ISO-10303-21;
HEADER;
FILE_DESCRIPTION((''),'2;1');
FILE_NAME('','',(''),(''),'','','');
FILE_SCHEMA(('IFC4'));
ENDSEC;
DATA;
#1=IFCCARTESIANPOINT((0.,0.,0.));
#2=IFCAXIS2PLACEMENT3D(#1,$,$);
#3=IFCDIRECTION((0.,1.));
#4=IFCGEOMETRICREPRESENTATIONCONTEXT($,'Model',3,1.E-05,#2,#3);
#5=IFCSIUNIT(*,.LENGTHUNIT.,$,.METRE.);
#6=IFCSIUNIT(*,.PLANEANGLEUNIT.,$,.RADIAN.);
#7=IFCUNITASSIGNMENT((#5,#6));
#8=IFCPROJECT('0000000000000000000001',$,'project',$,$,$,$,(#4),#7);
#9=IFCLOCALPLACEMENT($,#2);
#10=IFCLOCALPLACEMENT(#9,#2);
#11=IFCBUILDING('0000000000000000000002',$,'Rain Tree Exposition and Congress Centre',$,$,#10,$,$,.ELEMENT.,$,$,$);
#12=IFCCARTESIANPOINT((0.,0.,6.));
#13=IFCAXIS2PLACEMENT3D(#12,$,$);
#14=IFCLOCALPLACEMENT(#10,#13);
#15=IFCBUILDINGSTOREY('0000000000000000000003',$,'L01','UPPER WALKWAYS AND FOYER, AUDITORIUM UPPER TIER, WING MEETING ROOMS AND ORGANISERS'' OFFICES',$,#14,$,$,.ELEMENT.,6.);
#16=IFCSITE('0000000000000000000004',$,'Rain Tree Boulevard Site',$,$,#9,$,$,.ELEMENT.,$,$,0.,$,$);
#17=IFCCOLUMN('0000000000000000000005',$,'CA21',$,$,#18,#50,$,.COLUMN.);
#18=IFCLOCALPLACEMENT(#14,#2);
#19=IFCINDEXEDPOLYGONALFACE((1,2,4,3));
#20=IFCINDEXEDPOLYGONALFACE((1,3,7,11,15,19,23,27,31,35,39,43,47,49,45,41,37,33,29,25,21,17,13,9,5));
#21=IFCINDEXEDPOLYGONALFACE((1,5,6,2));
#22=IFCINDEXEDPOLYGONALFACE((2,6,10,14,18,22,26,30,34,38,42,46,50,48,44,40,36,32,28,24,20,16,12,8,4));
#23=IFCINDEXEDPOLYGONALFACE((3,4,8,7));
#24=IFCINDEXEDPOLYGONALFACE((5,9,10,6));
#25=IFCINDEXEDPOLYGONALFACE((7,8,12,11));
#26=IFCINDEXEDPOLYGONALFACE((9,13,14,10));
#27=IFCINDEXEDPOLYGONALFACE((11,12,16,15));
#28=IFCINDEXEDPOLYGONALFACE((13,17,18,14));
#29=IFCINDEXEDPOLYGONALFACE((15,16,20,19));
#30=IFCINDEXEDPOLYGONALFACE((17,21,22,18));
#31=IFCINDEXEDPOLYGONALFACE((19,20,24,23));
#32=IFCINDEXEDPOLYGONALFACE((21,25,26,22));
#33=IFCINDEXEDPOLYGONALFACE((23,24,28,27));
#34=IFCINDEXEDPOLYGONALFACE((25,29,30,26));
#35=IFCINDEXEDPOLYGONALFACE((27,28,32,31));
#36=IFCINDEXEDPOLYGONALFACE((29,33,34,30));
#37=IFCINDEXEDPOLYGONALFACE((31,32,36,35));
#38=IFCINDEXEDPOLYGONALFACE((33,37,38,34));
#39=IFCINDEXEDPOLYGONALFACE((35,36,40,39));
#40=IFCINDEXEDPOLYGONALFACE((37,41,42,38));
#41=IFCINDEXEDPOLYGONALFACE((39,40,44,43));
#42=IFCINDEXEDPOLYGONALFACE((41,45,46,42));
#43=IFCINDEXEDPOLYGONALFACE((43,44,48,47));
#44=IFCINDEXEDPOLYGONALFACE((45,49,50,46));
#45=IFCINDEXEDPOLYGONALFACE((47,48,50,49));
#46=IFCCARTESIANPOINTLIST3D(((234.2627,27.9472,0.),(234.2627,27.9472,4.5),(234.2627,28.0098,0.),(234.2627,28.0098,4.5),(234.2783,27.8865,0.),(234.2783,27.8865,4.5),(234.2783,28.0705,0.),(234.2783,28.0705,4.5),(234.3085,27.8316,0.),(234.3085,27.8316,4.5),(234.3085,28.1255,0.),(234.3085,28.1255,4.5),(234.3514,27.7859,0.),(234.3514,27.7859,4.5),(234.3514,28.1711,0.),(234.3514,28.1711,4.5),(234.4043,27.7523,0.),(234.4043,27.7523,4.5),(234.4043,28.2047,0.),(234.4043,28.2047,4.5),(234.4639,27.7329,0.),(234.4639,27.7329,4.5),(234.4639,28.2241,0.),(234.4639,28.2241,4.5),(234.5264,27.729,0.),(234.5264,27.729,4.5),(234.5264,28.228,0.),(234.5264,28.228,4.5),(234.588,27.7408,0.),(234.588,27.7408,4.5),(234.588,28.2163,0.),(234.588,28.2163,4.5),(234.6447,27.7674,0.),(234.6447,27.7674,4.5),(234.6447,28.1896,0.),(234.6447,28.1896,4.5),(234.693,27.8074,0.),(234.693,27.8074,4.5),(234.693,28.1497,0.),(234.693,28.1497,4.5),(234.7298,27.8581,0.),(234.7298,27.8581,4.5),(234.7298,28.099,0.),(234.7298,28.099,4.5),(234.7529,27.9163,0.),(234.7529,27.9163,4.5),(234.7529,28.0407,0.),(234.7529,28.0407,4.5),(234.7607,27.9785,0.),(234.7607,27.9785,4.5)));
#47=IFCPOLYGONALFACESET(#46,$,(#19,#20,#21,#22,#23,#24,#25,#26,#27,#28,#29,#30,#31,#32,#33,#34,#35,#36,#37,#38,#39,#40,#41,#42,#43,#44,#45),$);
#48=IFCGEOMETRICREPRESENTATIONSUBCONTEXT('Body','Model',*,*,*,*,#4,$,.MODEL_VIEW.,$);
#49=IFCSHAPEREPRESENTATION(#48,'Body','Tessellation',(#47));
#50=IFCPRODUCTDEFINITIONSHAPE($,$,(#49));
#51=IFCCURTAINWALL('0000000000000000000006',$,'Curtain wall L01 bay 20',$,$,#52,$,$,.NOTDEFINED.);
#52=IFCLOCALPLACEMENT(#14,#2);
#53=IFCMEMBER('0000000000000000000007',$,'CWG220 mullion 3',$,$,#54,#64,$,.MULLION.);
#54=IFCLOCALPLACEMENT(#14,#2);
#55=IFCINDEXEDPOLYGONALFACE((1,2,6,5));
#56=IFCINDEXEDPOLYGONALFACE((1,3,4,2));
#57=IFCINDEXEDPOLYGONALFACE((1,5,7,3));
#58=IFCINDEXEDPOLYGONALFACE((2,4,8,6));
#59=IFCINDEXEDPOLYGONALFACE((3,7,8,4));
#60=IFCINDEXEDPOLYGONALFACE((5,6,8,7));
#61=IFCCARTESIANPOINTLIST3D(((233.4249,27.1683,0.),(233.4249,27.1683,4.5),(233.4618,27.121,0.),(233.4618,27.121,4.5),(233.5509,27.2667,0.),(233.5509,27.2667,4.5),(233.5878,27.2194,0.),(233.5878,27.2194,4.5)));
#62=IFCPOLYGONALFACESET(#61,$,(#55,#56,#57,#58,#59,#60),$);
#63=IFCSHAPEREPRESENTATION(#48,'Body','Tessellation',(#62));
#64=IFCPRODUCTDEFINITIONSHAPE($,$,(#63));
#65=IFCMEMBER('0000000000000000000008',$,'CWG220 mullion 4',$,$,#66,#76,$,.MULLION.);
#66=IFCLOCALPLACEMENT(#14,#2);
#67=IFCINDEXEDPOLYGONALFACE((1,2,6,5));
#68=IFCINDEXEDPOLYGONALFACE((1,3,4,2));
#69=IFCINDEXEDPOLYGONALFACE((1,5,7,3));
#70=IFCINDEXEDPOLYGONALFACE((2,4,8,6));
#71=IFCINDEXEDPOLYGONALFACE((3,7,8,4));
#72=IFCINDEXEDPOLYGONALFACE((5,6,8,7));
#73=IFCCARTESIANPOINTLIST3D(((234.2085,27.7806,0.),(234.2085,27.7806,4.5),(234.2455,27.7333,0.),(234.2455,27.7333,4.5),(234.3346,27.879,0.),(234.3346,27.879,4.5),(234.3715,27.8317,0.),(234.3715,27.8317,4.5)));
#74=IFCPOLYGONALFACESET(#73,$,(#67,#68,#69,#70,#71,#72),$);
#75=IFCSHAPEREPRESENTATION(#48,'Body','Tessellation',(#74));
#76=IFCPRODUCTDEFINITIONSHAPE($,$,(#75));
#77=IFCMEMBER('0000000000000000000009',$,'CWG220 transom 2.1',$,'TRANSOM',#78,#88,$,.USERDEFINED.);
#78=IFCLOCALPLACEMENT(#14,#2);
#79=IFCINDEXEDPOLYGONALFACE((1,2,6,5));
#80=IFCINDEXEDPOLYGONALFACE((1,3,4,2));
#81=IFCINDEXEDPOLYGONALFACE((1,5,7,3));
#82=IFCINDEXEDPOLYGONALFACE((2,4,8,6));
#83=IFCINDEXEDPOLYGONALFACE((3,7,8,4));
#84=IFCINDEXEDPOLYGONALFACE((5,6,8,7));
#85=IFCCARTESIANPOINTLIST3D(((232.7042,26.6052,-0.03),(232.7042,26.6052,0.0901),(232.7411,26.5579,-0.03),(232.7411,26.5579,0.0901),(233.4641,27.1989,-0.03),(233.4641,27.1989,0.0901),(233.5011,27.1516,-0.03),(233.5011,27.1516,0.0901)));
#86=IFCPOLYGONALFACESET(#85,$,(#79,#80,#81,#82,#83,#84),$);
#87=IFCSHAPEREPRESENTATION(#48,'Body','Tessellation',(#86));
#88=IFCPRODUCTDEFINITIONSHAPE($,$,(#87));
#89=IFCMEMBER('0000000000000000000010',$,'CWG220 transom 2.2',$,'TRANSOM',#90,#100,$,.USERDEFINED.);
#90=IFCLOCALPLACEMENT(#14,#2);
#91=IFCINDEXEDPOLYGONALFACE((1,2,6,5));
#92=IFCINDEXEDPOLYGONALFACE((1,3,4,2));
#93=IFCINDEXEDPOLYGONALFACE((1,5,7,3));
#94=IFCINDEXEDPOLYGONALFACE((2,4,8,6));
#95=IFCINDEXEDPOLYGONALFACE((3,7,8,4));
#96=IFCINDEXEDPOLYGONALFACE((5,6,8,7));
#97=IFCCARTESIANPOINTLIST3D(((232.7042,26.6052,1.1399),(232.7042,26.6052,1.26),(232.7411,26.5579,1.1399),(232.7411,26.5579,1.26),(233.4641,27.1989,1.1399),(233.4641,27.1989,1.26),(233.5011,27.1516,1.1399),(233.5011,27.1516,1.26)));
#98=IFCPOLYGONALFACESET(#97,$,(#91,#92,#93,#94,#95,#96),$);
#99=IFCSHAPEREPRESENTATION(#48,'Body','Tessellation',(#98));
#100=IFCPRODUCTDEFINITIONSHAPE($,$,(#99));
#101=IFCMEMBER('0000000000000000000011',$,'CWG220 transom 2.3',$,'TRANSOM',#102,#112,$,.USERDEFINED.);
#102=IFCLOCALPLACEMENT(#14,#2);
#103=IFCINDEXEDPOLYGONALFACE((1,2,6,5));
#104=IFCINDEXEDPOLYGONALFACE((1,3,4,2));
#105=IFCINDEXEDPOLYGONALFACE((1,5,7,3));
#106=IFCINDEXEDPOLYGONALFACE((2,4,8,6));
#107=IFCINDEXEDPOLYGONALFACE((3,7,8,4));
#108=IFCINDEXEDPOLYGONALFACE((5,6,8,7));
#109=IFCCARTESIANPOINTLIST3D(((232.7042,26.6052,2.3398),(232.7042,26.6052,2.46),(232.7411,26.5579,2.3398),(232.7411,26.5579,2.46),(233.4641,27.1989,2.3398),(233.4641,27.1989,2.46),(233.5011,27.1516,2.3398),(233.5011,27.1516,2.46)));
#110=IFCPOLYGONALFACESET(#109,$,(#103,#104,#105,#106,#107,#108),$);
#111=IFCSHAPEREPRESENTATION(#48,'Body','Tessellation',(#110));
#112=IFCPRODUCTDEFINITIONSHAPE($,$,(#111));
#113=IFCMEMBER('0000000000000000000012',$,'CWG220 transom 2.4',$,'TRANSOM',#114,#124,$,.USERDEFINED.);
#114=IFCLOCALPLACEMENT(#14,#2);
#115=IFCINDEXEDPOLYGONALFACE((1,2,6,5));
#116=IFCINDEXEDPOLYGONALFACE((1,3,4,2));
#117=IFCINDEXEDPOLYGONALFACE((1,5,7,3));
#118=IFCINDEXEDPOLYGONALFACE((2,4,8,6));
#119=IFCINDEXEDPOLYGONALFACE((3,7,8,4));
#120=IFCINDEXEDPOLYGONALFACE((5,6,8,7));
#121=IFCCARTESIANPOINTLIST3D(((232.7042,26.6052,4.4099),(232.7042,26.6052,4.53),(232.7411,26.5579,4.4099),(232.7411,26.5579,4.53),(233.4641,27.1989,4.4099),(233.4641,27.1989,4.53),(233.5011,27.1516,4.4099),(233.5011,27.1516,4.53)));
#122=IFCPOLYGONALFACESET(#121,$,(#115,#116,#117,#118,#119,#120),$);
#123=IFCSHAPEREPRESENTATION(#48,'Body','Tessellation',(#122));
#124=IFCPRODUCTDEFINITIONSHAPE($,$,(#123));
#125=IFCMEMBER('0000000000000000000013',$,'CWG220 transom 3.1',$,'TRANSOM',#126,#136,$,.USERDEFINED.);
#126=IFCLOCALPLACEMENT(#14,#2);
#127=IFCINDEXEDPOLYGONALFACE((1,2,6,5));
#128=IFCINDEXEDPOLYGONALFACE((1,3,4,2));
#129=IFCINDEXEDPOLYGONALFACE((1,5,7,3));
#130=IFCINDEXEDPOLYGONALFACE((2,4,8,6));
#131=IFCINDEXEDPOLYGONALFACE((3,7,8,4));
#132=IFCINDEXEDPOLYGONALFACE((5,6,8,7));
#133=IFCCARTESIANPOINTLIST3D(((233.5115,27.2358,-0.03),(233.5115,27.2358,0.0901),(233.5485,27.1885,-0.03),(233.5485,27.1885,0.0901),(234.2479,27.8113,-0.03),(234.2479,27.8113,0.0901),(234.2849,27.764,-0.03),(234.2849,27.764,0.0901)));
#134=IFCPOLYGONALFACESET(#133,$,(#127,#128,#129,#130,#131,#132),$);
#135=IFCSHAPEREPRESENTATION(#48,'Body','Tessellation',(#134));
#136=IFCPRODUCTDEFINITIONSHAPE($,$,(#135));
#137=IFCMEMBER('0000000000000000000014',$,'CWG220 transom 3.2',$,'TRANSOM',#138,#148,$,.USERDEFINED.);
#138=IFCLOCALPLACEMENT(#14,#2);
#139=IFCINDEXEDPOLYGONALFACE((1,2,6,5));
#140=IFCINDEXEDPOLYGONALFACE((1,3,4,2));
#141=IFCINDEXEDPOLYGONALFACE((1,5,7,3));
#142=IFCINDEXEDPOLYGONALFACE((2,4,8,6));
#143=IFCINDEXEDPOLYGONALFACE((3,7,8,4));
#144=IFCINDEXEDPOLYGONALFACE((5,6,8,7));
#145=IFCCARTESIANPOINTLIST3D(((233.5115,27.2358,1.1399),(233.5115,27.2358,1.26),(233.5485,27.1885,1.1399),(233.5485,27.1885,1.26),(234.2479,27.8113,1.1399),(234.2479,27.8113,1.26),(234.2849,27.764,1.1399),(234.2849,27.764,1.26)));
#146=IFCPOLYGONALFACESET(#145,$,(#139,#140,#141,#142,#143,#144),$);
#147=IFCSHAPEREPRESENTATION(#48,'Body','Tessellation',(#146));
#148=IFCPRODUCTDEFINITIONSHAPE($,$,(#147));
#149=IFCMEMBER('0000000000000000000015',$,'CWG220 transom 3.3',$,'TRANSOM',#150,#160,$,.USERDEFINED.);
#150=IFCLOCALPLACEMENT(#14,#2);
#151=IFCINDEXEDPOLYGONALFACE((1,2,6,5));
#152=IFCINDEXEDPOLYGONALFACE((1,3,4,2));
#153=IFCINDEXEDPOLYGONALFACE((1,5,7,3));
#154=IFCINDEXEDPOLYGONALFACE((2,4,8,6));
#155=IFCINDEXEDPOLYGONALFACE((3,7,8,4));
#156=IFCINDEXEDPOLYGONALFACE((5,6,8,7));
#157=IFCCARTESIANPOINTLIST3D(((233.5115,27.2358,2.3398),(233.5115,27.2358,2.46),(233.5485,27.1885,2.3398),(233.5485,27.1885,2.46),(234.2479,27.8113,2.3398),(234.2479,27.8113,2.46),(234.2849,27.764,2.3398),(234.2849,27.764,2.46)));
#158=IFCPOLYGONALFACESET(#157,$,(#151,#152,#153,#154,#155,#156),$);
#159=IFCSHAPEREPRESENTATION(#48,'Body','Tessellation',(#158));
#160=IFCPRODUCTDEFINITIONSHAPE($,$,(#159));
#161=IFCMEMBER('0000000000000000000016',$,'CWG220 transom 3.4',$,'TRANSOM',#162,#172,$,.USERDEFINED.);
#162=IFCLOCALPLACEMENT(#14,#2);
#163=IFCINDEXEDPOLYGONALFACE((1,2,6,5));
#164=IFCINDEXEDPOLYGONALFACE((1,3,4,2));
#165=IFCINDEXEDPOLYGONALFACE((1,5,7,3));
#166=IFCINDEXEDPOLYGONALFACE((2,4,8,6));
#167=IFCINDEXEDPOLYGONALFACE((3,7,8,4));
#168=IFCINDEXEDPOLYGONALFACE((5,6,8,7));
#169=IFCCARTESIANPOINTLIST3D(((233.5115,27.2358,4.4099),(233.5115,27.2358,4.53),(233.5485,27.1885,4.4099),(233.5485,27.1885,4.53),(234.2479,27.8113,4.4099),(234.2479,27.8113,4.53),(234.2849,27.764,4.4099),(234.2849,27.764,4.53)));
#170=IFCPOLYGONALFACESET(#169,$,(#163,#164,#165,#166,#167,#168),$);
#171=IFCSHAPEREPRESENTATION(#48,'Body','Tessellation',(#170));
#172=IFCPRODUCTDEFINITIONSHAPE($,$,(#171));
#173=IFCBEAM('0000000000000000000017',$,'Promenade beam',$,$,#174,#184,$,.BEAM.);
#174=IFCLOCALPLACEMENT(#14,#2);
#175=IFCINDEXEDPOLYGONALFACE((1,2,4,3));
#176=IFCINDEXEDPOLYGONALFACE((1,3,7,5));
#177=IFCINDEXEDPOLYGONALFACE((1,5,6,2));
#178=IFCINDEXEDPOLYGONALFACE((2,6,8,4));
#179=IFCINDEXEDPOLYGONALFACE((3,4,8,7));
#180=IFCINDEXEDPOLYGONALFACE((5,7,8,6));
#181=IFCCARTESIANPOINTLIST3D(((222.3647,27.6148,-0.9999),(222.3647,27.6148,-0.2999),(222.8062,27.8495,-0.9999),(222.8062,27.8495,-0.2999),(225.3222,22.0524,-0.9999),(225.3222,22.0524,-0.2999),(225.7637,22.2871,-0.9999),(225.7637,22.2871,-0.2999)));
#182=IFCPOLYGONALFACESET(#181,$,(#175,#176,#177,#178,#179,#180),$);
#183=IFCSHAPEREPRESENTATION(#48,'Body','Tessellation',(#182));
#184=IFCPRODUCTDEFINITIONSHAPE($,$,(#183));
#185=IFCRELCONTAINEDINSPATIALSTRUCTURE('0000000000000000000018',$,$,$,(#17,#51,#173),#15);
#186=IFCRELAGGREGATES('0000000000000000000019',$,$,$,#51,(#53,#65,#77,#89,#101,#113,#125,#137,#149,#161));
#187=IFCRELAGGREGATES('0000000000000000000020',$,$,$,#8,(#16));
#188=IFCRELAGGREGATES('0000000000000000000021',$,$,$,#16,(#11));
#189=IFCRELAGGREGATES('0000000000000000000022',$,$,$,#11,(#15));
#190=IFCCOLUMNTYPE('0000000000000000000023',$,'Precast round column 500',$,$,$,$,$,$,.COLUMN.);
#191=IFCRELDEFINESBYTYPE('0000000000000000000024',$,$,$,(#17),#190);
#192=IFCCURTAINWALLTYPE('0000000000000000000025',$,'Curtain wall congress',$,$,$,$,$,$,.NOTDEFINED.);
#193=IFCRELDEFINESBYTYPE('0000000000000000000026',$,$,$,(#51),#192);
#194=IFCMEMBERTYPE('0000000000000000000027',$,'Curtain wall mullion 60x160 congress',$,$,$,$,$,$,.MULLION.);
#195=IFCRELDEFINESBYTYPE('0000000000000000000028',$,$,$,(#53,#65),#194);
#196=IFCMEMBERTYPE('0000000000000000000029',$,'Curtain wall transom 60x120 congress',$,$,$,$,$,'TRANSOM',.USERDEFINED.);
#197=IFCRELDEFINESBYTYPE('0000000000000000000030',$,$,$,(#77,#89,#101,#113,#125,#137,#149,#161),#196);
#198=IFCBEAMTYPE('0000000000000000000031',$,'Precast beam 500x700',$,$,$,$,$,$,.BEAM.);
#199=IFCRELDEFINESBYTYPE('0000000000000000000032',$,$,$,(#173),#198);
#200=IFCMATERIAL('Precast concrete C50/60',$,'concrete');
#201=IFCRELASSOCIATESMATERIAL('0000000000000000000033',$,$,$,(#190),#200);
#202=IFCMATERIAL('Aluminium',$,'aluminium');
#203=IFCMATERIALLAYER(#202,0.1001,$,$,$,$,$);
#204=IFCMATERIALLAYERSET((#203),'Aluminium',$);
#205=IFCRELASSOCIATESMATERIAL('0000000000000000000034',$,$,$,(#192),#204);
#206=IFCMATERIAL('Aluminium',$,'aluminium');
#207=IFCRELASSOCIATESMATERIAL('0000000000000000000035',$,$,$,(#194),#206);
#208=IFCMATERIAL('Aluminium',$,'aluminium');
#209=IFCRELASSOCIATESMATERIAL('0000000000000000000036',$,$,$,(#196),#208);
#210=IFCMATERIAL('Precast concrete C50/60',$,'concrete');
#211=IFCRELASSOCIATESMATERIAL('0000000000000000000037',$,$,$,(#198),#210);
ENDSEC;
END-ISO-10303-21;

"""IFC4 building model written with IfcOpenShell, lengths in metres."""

from ifc_helpers import new_model, si_unit, direction, frame, origin, origin_2d, place, context, subcontext, project, spatial, rectangle, circle, extrude, material, layer, layer_set, material_profile, profile_set, type_object, element, aggregate, save


model = new_model("IFC4")

# Units and contexts
model_context = context("Model", 3, precision=1e-05, world=origin(), true_north=direction((0.0, 1.0)))
body_context = subcontext(model_context, "Body", "Model", "MODEL_VIEW")
ifc_project = project(units=[si_unit("LENGTHUNIT", "METRE"), si_unit("PLANEANGLEUNIT", "RADIAN")], contexts=[model_context])

# Site, building, storey
site_placement = place(None, origin())
site = spatial("IfcSite", under=ifc_project, at=site_placement, Name="Rain Tree Boulevard Site", CompositionType="ELEMENT", RefElevation=0.0)
building_placement = place(site_placement, origin())
building = spatial("IfcBuilding", under=site, at=building_placement, Name="Rain Tree Exposition and Congress Centre", CompositionType="ELEMENT")
storey_placement = place(building_placement, frame((0.0, 0.0, 6.0)))
storey = spatial("IfcBuildingStorey", under=building, at=storey_placement, Name="L01", Description="UPPER WALKWAYS AND FOYER, AUDITORIUM UPPER TIER, WING MEETING ROOMS AND ORGANISERS' OFFICES", CompositionType="ELEMENT", Elevation=6.0)

# Column
ifc_material_1 = material(Name="Precast concrete C50/60", Category="concrete")
ifc_material_profile_1 = material_profile(ifc_material_1, circle(Radius=0.25, at=origin_2d()), Name="RC D500")
ifc_profile_set_1 = profile_set([ifc_material_profile_1], Name="Precast concrete C50/60")
column_type = type_object("IfcColumnType", Name="Precast round column 500", PredefinedType="COLUMN", material=ifc_profile_set_1)
column_placement = place(storey_placement, frame((234.5107, 27.9785, 0.0), z_axis=(0.0, 0.0, 1.0), x_axis=(1.0, 0.0, 0.0)))
element("IfcColumn", 1, at=column_placement, inside=storey, type_object=column_type, Name="CA21", PredefinedType="COLUMN", context=body_context, shape_type="SweptSolid", body=[
    extrude(circle(Radius=0.25, at=origin_2d()), origin(), (0.0, 0.0, 1.0), 4.5),
])

# Curtain wall, members
ifc_material_2 = material(Name="Aluminium", Category="aluminium")
ifc_layer_1 = layer(ifc_material_2, 0.1001)
ifc_layer_set_1 = layer_set([ifc_layer_1], Name="Aluminium")
curtain_wall_type = type_object("IfcCurtainWallType", Name="Curtain wall congress", PredefinedType="NOTDEFINED", material=ifc_layer_set_1)
curtain_wall_placement = place(storey_placement, origin())
curtain_wall = element("IfcCurtainWall", 2, at=curtain_wall_placement, inside=storey, type_object=curtain_wall_type, Name="Curtain wall L01 bay 20", PredefinedType="NOTDEFINED")
ifc_material_3 = material(Name="Aluminium", Category="aluminium")
ifc_material_profile_2 = material_profile(ifc_material_3, rectangle(XDim=0.0601, YDim=0.1599, at=origin_2d()), Name="AL 60x160")
ifc_profile_set_2 = profile_set([ifc_material_profile_2], Name="Aluminium")
member_type_1 = type_object("IfcMemberType", Name="Curtain wall mullion 60x160 congress", PredefinedType="MULLION", material=ifc_profile_set_2)
member_1_placement = place(storey_placement, frame((233.5063, 27.1938, 0.0), z_axis=(0.0, 0.0, 1.0), x_axis=(-0.615671, 0.788003, 0.0)))
member_1 = element("IfcMember", 3, at=member_1_placement, type_object=member_type_1, Name="CWG220 mullion 3", PredefinedType="MULLION", context=body_context, shape_type="SweptSolid", body=[
    extrude(rectangle(XDim=0.0601, YDim=0.1599, at=origin_2d()), origin(), (0.0, 0.0, 1.0), 4.5),
])
member_2_placement = place(storey_placement, frame((234.29, 27.8062, 0.0), z_axis=(0.0, 0.0, 1.0), x_axis=(-0.615671, 0.788003, 0.0)))
member_2 = element("IfcMember", 4, at=member_2_placement, type_object=member_type_1, Name="CWG220 mullion 4", PredefinedType="MULLION", context=body_context, shape_type="SweptSolid", body=[
    extrude(rectangle(XDim=0.0601, YDim=0.1599, at=origin_2d()), origin(), (0.0, 0.0, 1.0), 4.5),
])
ifc_material_4 = material(Name="Aluminium", Category="aluminium")
ifc_material_profile_3 = material_profile(ifc_material_4, rectangle(XDim=0.0601, YDim=0.1201, at=origin_2d()), Name="AL 60x120")
ifc_profile_set_3 = profile_set([ifc_material_profile_3], Name="Aluminium")
member_type_2 = type_object("IfcMemberType", Name="Curtain wall transom 60x120 congress", ElementType="TRANSOM", PredefinedType="USERDEFINED", material=ifc_profile_set_3)
member_3_placement = place(storey_placement, frame((232.7227, 26.5815, 0.03), z_axis=(0.788028, 0.615639, 0.0), x_axis=(-0.615639, 0.788028, 0.0)))
member_3 = element("IfcMember", 5, at=member_3_placement, type_object=member_type_2, Name="CWG220 transom 2.1", ObjectType="TRANSOM", PredefinedType="USERDEFINED", context=body_context, shape_type="SweptSolid", body=[
    extrude(rectangle(XDim=0.0601, YDim=0.1201, at=origin_2d()), origin(), (0.0, 0.0, 1.0), 0.9644),
])
member_4_placement = place(storey_placement, frame((232.7227, 26.5815, 1.2), z_axis=(0.788028, 0.615639, 0.0), x_axis=(-0.615639, 0.788028, 0.0)))
member_4 = element("IfcMember", 6, at=member_4_placement, type_object=member_type_2, Name="CWG220 transom 2.2", ObjectType="TRANSOM", PredefinedType="USERDEFINED", context=body_context, shape_type="SweptSolid", body=[
    extrude(rectangle(XDim=0.0601, YDim=0.1201, at=origin_2d()), origin(), (0.0, 0.0, 1.0), 0.9644),
])
member_5_placement = place(storey_placement, frame((232.7227, 26.5815, 2.3999), z_axis=(0.788028, 0.615639, 0.0), x_axis=(-0.615639, 0.788028, 0.0)))
member_5 = element("IfcMember", 7, at=member_5_placement, type_object=member_type_2, Name="CWG220 transom 2.3", ObjectType="TRANSOM", PredefinedType="USERDEFINED", context=body_context, shape_type="SweptSolid", body=[
    extrude(rectangle(XDim=0.0601, YDim=0.1201, at=origin_2d()), origin(), (0.0, 0.0, 1.0), 0.9644),
])
member_6_placement = place(storey_placement, frame((232.7227, 26.5815, 4.47), z_axis=(0.788028, 0.615639, 0.0), x_axis=(-0.615639, 0.788028, 0.0)))
member_6 = element("IfcMember", 8, at=member_6_placement, type_object=member_type_2, Name="CWG220 transom 2.4", ObjectType="TRANSOM", PredefinedType="USERDEFINED", context=body_context, shape_type="SweptSolid", body=[
    extrude(rectangle(XDim=0.0601, YDim=0.1201, at=origin_2d()), origin(), (0.0, 0.0, 1.0), 0.9644),
])
member_7_placement = place(storey_placement, frame((233.53, 27.2122, 0.03), z_axis=(0.787929, 0.615766, 0.0), x_axis=(-0.615766, 0.787929, 0.0)))
member_7 = element("IfcMember", 9, at=member_7_placement, type_object=member_type_2, Name="CWG220 transom 3.1", ObjectType="TRANSOM", PredefinedType="USERDEFINED", context=body_context, shape_type="SweptSolid", body=[
    extrude(rectangle(XDim=0.0601, YDim=0.1201, at=origin_2d()), origin(), (0.0, 0.0, 1.0), 0.9346),
])
member_8_placement = place(storey_placement, frame((233.53, 27.2122, 1.2), z_axis=(0.787929, 0.615766, 0.0), x_axis=(-0.615766, 0.787929, 0.0)))
member_8 = element("IfcMember", 10, at=member_8_placement, type_object=member_type_2, Name="CWG220 transom 3.2", ObjectType="TRANSOM", PredefinedType="USERDEFINED", context=body_context, shape_type="SweptSolid", body=[
    extrude(rectangle(XDim=0.0601, YDim=0.1201, at=origin_2d()), origin(), (0.0, 0.0, 1.0), 0.9346),
])
member_9_placement = place(storey_placement, frame((233.53, 27.2122, 2.3999), z_axis=(0.787929, 0.615766, 0.0), x_axis=(-0.615766, 0.787929, 0.0)))
member_9 = element("IfcMember", 11, at=member_9_placement, type_object=member_type_2, Name="CWG220 transom 3.3", ObjectType="TRANSOM", PredefinedType="USERDEFINED", context=body_context, shape_type="SweptSolid", body=[
    extrude(rectangle(XDim=0.0601, YDim=0.1201, at=origin_2d()), origin(), (0.0, 0.0, 1.0), 0.9346),
])
member_10_placement = place(storey_placement, frame((233.53, 27.2122, 4.47), z_axis=(0.787929, 0.615766, 0.0), x_axis=(-0.615766, 0.787929, 0.0)))
member_10 = element("IfcMember", 12, at=member_10_placement, type_object=member_type_2, Name="CWG220 transom 3.4", ObjectType="TRANSOM", PredefinedType="USERDEFINED", context=body_context, shape_type="SweptSolid", body=[
    extrude(rectangle(XDim=0.0601, YDim=0.1201, at=origin_2d()), origin(), (0.0, 0.0, 1.0), 0.9346),
])

# Beam
ifc_material_5 = material(Name="Precast concrete C50/60", Category="concrete")
ifc_material_profile_4 = material_profile(ifc_material_5, rectangle(XDim=0.5, YDim=0.7, at=origin_2d()), Name="RC 500x700")
ifc_profile_set_4 = profile_set([ifc_material_profile_4], Name="Precast concrete C50/60")
beam_type_1 = type_object("IfcBeamType", Name="Precast beam 500x700", PredefinedType="BEAM", material=ifc_profile_set_4)
beam_1_placement = place(storey_placement, frame((222.5854, 27.7322, -0.6499), z_axis=(0.469457, -0.882955, 0.0), x_axis=(0.882955, 0.469457, 0.0)))
element("IfcBeam", 13, at=beam_1_placement, inside=storey, type_object=beam_type_1, Name="Promenade beam", PredefinedType="BEAM", context=body_context, shape_type="SweptSolid", body=[
    extrude(rectangle(XDim=0.5, YDim=0.7, at=origin_2d()), origin(), (0.0, 0.0, 1.0), 6.2998),
])

aggregate(curtain_wall, [member_1, member_2, member_3, member_4, member_5, member_6, member_7, member_8, member_9, member_10])

save(model, "model.ifc")
